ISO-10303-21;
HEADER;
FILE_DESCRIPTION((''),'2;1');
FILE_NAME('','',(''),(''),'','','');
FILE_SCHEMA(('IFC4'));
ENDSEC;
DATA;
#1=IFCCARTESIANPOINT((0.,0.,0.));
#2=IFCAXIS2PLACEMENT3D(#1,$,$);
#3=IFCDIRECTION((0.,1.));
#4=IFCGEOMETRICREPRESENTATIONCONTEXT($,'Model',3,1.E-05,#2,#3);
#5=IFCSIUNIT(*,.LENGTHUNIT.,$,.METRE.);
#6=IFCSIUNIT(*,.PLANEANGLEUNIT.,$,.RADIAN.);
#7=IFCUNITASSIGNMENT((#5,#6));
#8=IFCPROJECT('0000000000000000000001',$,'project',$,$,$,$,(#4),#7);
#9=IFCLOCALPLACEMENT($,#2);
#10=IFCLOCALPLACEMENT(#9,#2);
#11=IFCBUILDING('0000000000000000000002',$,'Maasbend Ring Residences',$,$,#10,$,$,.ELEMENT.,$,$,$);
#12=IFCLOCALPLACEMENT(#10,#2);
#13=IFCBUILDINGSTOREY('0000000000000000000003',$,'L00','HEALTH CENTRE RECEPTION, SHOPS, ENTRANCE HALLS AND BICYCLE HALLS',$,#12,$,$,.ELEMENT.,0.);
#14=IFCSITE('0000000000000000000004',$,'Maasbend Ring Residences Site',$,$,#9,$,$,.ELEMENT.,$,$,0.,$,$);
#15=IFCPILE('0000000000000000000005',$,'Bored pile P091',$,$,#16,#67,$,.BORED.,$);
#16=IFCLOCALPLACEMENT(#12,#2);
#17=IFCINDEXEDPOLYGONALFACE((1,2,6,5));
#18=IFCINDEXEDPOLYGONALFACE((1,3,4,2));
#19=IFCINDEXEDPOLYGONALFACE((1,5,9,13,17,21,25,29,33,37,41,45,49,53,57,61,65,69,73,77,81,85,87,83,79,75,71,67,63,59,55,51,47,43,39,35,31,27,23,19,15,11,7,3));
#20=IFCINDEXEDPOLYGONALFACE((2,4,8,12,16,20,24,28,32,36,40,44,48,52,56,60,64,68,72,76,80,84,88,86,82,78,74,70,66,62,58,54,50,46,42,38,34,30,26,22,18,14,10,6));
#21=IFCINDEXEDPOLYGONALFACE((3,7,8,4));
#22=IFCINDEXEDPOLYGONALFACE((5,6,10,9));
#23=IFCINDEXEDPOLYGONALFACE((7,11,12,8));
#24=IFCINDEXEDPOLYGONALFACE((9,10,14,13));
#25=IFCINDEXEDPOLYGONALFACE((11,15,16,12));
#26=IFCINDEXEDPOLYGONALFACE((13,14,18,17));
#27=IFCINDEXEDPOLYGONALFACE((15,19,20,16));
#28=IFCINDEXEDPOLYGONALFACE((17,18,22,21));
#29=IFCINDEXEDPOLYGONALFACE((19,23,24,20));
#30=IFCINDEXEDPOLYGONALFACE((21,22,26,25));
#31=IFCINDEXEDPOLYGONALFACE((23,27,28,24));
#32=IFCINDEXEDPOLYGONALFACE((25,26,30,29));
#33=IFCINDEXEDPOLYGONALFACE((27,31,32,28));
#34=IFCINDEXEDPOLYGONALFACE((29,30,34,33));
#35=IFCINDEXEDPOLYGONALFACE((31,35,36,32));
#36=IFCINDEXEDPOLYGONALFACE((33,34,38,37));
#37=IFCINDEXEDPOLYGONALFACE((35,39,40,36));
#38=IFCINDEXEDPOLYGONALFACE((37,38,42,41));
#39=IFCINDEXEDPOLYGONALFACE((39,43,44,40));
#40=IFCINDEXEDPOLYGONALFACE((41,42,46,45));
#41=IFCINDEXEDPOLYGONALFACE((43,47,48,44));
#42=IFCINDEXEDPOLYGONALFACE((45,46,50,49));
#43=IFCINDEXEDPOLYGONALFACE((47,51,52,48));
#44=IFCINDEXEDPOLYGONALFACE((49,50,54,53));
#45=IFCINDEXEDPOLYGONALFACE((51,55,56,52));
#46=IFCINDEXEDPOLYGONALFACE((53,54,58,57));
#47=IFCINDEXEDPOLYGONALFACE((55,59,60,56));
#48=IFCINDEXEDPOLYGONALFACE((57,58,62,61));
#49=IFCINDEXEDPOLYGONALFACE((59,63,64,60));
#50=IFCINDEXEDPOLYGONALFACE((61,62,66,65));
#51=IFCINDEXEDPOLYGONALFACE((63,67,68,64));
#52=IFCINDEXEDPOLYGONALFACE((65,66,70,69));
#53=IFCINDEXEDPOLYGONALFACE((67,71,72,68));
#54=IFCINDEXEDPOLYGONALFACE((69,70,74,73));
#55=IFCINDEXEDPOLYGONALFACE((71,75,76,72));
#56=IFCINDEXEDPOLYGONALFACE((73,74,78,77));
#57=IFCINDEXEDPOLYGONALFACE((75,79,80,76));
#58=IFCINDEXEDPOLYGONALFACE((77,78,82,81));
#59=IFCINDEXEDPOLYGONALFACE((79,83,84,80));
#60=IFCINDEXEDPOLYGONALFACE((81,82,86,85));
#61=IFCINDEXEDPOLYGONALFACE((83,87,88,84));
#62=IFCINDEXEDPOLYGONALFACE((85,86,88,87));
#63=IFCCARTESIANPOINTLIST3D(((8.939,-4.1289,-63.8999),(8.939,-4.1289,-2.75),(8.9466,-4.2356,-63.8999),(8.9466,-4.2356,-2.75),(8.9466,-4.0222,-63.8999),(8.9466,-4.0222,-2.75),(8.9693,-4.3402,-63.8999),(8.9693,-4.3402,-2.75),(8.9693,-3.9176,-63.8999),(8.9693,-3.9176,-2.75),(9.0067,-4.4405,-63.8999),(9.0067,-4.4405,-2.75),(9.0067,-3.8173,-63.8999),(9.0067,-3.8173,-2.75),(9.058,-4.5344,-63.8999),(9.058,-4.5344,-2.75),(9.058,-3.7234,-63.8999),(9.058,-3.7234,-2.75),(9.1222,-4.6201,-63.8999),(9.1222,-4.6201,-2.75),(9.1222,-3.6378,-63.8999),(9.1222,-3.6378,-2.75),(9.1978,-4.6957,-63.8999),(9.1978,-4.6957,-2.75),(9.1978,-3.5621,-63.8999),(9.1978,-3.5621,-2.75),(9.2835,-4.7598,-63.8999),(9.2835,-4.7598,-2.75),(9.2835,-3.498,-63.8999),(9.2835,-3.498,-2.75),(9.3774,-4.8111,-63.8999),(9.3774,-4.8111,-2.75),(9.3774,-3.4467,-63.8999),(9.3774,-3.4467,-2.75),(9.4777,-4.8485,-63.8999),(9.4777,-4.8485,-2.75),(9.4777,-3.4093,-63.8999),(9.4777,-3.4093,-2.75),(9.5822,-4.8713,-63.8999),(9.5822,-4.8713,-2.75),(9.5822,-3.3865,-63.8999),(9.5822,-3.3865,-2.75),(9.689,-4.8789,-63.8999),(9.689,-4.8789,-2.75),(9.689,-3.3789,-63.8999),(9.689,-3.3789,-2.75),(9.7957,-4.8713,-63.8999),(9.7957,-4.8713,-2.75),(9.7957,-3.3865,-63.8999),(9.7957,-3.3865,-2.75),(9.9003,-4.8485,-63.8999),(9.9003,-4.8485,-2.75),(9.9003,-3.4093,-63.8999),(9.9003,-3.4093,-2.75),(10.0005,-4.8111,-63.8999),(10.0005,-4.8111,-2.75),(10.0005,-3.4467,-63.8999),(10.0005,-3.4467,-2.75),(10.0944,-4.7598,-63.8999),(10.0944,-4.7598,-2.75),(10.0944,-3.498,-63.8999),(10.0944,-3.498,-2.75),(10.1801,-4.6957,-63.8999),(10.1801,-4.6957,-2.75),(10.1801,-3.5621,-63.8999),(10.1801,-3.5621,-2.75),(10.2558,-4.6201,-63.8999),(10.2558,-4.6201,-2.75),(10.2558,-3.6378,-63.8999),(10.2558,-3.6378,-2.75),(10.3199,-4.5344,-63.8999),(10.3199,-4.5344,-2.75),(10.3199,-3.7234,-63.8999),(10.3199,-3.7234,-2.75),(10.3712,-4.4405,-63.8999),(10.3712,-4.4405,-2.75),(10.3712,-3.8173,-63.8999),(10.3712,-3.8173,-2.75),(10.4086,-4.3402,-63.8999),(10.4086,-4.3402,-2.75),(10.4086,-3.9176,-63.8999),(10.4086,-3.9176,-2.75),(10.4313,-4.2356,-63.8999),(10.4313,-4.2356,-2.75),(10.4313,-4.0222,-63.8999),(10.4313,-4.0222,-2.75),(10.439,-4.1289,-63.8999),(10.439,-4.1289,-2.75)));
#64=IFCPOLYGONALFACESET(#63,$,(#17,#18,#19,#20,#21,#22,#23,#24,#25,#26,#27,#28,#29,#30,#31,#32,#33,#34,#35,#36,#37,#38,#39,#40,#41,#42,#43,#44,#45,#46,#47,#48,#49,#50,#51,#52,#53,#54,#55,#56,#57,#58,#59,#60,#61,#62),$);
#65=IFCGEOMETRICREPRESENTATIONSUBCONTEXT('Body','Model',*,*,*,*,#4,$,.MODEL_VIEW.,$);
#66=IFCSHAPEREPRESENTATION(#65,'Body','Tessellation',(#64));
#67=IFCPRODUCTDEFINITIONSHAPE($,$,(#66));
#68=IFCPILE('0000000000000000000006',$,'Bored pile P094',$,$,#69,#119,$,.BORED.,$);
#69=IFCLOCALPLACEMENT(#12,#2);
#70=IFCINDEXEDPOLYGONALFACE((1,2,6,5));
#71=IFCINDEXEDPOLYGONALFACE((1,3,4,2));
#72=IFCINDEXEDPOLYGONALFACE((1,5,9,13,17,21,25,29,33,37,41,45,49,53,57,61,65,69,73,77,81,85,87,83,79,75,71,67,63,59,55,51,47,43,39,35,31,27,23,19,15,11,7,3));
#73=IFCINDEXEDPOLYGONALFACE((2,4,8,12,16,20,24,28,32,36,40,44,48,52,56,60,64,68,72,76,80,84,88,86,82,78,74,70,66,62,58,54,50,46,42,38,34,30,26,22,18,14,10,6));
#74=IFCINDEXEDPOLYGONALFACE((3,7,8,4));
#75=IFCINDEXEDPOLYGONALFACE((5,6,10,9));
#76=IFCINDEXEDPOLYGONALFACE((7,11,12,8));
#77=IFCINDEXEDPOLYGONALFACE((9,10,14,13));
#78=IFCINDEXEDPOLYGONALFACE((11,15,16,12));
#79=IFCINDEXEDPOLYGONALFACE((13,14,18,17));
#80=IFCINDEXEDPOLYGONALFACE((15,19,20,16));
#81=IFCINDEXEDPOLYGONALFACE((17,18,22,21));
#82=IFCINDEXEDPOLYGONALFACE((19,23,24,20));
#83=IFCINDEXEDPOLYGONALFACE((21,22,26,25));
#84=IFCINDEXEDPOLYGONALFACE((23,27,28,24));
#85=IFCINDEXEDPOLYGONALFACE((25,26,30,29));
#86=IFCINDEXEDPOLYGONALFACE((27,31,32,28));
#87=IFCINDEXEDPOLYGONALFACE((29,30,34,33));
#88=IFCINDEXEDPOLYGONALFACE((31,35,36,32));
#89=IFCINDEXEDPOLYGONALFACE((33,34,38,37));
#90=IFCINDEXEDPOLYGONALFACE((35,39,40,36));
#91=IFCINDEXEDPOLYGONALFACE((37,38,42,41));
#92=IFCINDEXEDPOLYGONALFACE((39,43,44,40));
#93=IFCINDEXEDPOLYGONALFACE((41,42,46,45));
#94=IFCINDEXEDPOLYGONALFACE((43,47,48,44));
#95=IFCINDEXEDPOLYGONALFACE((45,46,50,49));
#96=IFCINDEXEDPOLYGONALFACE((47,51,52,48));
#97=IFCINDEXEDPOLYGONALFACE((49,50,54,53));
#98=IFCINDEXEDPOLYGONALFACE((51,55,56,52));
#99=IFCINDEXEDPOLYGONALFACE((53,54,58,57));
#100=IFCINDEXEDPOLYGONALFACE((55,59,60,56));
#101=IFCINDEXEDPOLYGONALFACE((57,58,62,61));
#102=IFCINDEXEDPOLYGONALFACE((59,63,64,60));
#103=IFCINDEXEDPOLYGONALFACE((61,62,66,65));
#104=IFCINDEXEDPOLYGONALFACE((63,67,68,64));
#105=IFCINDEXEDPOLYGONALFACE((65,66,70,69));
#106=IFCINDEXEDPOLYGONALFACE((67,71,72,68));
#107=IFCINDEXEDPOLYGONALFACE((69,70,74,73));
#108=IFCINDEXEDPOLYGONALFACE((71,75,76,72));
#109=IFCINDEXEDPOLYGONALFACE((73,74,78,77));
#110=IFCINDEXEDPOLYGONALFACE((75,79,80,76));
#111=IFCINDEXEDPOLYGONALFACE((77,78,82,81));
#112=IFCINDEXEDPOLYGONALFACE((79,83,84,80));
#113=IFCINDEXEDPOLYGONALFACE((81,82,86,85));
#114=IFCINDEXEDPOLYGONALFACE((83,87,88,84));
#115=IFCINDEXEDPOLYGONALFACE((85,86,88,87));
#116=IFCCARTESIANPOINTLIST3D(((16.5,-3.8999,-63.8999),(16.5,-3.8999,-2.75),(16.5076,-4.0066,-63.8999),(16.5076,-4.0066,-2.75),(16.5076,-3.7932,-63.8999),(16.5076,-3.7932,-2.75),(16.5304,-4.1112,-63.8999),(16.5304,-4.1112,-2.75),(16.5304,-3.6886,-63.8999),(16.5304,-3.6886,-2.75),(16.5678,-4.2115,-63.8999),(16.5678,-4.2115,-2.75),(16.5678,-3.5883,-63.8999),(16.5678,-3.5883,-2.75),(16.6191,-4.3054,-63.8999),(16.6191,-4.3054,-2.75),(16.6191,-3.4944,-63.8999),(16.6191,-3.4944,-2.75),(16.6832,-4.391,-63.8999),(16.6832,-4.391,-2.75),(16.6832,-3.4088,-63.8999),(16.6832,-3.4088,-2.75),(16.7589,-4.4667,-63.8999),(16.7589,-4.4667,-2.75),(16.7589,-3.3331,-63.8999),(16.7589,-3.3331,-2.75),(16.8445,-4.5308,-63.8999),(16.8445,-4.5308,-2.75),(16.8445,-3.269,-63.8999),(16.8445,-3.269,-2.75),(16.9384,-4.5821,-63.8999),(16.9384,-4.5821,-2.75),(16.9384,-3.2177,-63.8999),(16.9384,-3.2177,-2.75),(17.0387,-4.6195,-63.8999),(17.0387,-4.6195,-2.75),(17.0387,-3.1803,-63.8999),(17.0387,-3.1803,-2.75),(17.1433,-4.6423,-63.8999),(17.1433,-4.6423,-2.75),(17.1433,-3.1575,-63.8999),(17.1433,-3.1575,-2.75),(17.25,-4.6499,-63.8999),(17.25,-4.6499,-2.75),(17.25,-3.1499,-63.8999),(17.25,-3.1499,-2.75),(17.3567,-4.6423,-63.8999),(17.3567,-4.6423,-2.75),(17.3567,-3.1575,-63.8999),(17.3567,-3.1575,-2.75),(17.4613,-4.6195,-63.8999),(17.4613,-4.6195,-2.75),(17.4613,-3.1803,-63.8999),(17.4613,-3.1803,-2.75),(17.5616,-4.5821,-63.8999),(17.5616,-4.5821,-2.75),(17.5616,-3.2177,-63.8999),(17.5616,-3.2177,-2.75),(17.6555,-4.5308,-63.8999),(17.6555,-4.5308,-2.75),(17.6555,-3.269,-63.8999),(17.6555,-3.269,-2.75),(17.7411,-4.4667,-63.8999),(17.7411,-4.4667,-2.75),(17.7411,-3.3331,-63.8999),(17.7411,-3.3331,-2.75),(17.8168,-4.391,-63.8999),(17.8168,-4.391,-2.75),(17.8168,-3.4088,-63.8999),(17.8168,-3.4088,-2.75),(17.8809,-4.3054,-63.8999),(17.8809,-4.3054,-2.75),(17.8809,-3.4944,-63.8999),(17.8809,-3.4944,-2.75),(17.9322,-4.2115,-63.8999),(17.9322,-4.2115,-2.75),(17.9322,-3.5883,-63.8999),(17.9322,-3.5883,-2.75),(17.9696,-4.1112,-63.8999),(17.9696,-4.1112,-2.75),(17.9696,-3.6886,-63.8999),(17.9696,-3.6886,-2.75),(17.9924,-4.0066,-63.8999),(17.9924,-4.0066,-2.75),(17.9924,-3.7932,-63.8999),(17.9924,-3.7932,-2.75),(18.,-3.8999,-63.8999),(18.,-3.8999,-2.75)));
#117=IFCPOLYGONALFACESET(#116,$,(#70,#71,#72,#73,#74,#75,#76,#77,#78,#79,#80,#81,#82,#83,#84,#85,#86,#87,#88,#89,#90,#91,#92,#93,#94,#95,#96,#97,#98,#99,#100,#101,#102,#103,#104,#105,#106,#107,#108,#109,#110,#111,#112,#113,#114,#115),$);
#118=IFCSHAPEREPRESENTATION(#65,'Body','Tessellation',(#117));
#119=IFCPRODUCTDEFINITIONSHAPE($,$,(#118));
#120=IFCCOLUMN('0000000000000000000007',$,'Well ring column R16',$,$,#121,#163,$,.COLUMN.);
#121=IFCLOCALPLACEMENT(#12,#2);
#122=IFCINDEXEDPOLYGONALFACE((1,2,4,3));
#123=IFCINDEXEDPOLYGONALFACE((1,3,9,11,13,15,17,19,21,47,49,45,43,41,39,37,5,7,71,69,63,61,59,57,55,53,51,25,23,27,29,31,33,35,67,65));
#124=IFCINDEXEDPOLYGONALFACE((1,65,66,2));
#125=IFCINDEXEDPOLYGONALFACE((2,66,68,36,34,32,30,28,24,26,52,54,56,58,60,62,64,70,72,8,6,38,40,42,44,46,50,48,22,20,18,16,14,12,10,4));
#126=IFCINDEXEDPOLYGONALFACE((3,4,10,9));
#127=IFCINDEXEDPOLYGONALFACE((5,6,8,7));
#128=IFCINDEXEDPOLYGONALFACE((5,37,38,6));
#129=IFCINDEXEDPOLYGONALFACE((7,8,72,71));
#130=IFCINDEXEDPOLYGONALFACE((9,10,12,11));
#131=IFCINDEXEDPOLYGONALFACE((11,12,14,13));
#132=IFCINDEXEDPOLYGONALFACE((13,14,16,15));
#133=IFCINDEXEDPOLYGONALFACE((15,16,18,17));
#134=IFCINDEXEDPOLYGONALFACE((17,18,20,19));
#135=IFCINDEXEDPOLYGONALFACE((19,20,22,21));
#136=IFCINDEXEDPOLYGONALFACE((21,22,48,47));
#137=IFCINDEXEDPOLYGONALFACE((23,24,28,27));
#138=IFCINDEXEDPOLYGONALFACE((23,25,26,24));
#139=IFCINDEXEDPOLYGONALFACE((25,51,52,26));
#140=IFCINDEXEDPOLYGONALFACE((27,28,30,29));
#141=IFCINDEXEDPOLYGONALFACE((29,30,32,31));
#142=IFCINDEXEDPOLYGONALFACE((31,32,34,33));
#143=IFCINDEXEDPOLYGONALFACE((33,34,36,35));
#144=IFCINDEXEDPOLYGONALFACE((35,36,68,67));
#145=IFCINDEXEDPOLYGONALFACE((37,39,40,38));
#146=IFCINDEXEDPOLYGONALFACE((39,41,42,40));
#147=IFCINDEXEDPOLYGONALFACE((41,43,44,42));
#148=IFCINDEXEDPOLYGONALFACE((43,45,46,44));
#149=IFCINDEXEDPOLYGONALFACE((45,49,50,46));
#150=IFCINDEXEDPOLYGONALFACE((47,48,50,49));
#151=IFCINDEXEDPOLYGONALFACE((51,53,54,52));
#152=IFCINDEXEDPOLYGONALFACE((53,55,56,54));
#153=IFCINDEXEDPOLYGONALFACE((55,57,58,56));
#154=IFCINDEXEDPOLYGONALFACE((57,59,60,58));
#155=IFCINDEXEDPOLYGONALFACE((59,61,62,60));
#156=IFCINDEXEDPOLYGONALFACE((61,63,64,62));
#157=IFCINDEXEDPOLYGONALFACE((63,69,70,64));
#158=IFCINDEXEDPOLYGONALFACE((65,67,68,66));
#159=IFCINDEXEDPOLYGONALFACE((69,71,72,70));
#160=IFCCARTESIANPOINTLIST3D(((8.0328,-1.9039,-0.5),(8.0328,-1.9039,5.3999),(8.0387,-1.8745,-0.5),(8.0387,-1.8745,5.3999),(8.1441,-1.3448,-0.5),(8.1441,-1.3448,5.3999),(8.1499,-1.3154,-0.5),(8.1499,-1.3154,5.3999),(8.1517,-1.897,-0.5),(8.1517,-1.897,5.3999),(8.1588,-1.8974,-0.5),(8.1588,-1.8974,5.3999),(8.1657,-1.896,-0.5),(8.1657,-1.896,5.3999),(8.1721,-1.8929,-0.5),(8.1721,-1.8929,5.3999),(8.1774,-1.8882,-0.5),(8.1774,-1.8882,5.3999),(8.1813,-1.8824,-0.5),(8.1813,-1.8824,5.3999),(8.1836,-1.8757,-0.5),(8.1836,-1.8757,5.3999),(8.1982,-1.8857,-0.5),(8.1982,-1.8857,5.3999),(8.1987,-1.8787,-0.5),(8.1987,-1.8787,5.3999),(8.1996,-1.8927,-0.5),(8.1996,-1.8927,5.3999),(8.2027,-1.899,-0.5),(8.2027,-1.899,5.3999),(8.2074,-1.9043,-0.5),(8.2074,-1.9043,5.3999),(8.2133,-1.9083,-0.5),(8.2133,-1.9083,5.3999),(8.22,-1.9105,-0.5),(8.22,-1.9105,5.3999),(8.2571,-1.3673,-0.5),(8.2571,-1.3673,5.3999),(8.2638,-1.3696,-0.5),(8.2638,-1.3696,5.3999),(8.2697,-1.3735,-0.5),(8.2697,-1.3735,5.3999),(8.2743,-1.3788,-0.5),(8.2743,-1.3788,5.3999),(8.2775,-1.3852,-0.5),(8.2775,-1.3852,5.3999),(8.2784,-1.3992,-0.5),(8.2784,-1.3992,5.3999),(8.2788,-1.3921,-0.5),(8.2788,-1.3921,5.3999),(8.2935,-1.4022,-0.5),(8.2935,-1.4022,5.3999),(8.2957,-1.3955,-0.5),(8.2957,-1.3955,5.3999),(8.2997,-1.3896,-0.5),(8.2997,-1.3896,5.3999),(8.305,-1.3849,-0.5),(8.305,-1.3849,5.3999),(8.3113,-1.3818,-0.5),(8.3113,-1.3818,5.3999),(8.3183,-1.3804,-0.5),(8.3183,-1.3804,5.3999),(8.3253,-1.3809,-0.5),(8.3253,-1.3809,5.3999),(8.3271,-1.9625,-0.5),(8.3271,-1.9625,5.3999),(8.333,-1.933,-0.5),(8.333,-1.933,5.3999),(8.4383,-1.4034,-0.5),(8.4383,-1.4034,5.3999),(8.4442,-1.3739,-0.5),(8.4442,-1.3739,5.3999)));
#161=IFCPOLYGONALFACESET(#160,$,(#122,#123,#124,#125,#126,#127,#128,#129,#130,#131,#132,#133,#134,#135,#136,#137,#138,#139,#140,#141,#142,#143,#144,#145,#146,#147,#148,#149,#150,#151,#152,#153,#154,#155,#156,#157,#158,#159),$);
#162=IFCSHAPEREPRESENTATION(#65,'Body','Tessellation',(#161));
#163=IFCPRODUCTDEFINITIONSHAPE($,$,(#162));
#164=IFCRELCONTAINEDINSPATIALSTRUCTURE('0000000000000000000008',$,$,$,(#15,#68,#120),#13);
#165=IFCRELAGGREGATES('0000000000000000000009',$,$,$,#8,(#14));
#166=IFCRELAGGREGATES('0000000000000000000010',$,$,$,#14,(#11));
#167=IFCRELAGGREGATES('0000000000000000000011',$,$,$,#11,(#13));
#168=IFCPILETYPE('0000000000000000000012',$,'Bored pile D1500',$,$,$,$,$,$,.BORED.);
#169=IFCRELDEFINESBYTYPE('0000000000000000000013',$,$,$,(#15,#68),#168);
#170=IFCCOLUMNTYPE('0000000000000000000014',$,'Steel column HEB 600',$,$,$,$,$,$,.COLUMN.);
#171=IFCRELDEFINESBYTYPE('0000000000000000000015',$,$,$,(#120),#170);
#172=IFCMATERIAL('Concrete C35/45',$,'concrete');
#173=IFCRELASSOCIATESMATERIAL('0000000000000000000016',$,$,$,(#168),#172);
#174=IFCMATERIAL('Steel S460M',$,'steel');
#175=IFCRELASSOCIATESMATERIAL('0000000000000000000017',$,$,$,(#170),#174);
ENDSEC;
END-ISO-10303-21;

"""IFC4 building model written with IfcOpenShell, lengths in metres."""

from ifc_helpers import new_model, si_unit, direction, frame, origin, origin_2d, place, context, subcontext, project, spatial, circle, i_section, extrude, material, material_profile, profile_set, type_object, element, save


model = new_model("IFC4")

# Units and contexts
model_context = context("Model", 3, precision=1e-05, world=origin(), true_north=direction((0.0, 1.0)))
body_context = subcontext(model_context, "Body", "Model", "MODEL_VIEW")
ifc_project = project(units=[si_unit("LENGTHUNIT", "METRE"), si_unit("PLANEANGLEUNIT", "RADIAN")], contexts=[model_context])

# Site, building, storey
site_placement = place(None, origin())
site = spatial("IfcSite", under=ifc_project, at=site_placement, Name="Maasbend Ring Residences Site", CompositionType="ELEMENT", RefElevation=0.0)
building_placement = place(site_placement, origin())
building = spatial("IfcBuilding", under=site, at=building_placement, Name="Maasbend Ring Residences", CompositionType="ELEMENT")
storey_placement = place(building_placement, origin())
storey = spatial("IfcBuildingStorey", under=building, at=storey_placement, Name="L00", Description="HEALTH CENTRE RECEPTION, SHOPS, ENTRANCE HALLS AND BICYCLE HALLS", CompositionType="ELEMENT", Elevation=0.0)

# Piles
ifc_material_1 = material(Name="Concrete C35/45", Category="concrete")
ifc_material_profile_1 = material_profile(ifc_material_1, circle(Radius=0.75, at=origin_2d()), Name="Bored pile D1500")
ifc_profile_set_1 = profile_set([ifc_material_profile_1], Name="Concrete C35/45")
pile_type = type_object("IfcPileType", Name="Bored pile D1500", PredefinedType="BORED", material=ifc_profile_set_1)
for number, where, z_axis, x_axis, name in (
    (1, (9.689, -4.1289, -2.75), (0.0, 0.0, -1.0), (1.0, 0.0, 0.0), "Bored pile P091"),
    (2, (17.25, -3.8999, -2.75), (0.0, 0.0, -1.0), (1.0, 0.0, 0.0), "Bored pile P094"),
):
    element("IfcPile", number, at=place(storey_placement, frame(where, z_axis=z_axis, x_axis=x_axis)), inside=storey, type_object=pile_type, Name=name, PredefinedType="BORED", context=body_context, shape_type="SweptSolid", body=[
        extrude(circle(Radius=0.75, at=origin_2d()), origin(), (0.0, 0.0, 1.0), 61.1499),
    ])

# Column
ifc_material_2 = material(Name="Steel S460M", Category="steel")
ifc_material_profile_2 = material_profile(ifc_material_2, i_section(OverallWidth=0.3, OverallDepth=0.6001, WebThickness=0.0154, FlangeThickness=0.03, FilletRadius=0.0271, at=origin_2d()), Name="HEB 600")
ifc_profile_set_2 = profile_set([ifc_material_profile_2], Name="Steel S460M")
column_type_1 = type_object("IfcColumnType", Name="Steel column HEB 600", PredefinedType="COLUMN", material=ifc_profile_set_2)
column_1_placement = place(storey_placement, frame((8.2385, -1.6389, -0.5), z_axis=(0.0, 0.0, 1.0), x_axis=(0.980785, -0.19509, 0.0)))
element("IfcColumn", 3, at=column_1_placement, inside=storey, type_object=column_type_1, Name="Well ring column R16", PredefinedType="COLUMN", context=body_context, shape_type="SweptSolid", body=[
    extrude(i_section(OverallWidth=0.3, OverallDepth=0.6001, WebThickness=0.0154, FlangeThickness=0.03, FilletRadius=0.0271, at=origin_2d()), origin(), (0.0, 0.0, 1.0), 5.8999),
])

save(model, "model.ifc")
